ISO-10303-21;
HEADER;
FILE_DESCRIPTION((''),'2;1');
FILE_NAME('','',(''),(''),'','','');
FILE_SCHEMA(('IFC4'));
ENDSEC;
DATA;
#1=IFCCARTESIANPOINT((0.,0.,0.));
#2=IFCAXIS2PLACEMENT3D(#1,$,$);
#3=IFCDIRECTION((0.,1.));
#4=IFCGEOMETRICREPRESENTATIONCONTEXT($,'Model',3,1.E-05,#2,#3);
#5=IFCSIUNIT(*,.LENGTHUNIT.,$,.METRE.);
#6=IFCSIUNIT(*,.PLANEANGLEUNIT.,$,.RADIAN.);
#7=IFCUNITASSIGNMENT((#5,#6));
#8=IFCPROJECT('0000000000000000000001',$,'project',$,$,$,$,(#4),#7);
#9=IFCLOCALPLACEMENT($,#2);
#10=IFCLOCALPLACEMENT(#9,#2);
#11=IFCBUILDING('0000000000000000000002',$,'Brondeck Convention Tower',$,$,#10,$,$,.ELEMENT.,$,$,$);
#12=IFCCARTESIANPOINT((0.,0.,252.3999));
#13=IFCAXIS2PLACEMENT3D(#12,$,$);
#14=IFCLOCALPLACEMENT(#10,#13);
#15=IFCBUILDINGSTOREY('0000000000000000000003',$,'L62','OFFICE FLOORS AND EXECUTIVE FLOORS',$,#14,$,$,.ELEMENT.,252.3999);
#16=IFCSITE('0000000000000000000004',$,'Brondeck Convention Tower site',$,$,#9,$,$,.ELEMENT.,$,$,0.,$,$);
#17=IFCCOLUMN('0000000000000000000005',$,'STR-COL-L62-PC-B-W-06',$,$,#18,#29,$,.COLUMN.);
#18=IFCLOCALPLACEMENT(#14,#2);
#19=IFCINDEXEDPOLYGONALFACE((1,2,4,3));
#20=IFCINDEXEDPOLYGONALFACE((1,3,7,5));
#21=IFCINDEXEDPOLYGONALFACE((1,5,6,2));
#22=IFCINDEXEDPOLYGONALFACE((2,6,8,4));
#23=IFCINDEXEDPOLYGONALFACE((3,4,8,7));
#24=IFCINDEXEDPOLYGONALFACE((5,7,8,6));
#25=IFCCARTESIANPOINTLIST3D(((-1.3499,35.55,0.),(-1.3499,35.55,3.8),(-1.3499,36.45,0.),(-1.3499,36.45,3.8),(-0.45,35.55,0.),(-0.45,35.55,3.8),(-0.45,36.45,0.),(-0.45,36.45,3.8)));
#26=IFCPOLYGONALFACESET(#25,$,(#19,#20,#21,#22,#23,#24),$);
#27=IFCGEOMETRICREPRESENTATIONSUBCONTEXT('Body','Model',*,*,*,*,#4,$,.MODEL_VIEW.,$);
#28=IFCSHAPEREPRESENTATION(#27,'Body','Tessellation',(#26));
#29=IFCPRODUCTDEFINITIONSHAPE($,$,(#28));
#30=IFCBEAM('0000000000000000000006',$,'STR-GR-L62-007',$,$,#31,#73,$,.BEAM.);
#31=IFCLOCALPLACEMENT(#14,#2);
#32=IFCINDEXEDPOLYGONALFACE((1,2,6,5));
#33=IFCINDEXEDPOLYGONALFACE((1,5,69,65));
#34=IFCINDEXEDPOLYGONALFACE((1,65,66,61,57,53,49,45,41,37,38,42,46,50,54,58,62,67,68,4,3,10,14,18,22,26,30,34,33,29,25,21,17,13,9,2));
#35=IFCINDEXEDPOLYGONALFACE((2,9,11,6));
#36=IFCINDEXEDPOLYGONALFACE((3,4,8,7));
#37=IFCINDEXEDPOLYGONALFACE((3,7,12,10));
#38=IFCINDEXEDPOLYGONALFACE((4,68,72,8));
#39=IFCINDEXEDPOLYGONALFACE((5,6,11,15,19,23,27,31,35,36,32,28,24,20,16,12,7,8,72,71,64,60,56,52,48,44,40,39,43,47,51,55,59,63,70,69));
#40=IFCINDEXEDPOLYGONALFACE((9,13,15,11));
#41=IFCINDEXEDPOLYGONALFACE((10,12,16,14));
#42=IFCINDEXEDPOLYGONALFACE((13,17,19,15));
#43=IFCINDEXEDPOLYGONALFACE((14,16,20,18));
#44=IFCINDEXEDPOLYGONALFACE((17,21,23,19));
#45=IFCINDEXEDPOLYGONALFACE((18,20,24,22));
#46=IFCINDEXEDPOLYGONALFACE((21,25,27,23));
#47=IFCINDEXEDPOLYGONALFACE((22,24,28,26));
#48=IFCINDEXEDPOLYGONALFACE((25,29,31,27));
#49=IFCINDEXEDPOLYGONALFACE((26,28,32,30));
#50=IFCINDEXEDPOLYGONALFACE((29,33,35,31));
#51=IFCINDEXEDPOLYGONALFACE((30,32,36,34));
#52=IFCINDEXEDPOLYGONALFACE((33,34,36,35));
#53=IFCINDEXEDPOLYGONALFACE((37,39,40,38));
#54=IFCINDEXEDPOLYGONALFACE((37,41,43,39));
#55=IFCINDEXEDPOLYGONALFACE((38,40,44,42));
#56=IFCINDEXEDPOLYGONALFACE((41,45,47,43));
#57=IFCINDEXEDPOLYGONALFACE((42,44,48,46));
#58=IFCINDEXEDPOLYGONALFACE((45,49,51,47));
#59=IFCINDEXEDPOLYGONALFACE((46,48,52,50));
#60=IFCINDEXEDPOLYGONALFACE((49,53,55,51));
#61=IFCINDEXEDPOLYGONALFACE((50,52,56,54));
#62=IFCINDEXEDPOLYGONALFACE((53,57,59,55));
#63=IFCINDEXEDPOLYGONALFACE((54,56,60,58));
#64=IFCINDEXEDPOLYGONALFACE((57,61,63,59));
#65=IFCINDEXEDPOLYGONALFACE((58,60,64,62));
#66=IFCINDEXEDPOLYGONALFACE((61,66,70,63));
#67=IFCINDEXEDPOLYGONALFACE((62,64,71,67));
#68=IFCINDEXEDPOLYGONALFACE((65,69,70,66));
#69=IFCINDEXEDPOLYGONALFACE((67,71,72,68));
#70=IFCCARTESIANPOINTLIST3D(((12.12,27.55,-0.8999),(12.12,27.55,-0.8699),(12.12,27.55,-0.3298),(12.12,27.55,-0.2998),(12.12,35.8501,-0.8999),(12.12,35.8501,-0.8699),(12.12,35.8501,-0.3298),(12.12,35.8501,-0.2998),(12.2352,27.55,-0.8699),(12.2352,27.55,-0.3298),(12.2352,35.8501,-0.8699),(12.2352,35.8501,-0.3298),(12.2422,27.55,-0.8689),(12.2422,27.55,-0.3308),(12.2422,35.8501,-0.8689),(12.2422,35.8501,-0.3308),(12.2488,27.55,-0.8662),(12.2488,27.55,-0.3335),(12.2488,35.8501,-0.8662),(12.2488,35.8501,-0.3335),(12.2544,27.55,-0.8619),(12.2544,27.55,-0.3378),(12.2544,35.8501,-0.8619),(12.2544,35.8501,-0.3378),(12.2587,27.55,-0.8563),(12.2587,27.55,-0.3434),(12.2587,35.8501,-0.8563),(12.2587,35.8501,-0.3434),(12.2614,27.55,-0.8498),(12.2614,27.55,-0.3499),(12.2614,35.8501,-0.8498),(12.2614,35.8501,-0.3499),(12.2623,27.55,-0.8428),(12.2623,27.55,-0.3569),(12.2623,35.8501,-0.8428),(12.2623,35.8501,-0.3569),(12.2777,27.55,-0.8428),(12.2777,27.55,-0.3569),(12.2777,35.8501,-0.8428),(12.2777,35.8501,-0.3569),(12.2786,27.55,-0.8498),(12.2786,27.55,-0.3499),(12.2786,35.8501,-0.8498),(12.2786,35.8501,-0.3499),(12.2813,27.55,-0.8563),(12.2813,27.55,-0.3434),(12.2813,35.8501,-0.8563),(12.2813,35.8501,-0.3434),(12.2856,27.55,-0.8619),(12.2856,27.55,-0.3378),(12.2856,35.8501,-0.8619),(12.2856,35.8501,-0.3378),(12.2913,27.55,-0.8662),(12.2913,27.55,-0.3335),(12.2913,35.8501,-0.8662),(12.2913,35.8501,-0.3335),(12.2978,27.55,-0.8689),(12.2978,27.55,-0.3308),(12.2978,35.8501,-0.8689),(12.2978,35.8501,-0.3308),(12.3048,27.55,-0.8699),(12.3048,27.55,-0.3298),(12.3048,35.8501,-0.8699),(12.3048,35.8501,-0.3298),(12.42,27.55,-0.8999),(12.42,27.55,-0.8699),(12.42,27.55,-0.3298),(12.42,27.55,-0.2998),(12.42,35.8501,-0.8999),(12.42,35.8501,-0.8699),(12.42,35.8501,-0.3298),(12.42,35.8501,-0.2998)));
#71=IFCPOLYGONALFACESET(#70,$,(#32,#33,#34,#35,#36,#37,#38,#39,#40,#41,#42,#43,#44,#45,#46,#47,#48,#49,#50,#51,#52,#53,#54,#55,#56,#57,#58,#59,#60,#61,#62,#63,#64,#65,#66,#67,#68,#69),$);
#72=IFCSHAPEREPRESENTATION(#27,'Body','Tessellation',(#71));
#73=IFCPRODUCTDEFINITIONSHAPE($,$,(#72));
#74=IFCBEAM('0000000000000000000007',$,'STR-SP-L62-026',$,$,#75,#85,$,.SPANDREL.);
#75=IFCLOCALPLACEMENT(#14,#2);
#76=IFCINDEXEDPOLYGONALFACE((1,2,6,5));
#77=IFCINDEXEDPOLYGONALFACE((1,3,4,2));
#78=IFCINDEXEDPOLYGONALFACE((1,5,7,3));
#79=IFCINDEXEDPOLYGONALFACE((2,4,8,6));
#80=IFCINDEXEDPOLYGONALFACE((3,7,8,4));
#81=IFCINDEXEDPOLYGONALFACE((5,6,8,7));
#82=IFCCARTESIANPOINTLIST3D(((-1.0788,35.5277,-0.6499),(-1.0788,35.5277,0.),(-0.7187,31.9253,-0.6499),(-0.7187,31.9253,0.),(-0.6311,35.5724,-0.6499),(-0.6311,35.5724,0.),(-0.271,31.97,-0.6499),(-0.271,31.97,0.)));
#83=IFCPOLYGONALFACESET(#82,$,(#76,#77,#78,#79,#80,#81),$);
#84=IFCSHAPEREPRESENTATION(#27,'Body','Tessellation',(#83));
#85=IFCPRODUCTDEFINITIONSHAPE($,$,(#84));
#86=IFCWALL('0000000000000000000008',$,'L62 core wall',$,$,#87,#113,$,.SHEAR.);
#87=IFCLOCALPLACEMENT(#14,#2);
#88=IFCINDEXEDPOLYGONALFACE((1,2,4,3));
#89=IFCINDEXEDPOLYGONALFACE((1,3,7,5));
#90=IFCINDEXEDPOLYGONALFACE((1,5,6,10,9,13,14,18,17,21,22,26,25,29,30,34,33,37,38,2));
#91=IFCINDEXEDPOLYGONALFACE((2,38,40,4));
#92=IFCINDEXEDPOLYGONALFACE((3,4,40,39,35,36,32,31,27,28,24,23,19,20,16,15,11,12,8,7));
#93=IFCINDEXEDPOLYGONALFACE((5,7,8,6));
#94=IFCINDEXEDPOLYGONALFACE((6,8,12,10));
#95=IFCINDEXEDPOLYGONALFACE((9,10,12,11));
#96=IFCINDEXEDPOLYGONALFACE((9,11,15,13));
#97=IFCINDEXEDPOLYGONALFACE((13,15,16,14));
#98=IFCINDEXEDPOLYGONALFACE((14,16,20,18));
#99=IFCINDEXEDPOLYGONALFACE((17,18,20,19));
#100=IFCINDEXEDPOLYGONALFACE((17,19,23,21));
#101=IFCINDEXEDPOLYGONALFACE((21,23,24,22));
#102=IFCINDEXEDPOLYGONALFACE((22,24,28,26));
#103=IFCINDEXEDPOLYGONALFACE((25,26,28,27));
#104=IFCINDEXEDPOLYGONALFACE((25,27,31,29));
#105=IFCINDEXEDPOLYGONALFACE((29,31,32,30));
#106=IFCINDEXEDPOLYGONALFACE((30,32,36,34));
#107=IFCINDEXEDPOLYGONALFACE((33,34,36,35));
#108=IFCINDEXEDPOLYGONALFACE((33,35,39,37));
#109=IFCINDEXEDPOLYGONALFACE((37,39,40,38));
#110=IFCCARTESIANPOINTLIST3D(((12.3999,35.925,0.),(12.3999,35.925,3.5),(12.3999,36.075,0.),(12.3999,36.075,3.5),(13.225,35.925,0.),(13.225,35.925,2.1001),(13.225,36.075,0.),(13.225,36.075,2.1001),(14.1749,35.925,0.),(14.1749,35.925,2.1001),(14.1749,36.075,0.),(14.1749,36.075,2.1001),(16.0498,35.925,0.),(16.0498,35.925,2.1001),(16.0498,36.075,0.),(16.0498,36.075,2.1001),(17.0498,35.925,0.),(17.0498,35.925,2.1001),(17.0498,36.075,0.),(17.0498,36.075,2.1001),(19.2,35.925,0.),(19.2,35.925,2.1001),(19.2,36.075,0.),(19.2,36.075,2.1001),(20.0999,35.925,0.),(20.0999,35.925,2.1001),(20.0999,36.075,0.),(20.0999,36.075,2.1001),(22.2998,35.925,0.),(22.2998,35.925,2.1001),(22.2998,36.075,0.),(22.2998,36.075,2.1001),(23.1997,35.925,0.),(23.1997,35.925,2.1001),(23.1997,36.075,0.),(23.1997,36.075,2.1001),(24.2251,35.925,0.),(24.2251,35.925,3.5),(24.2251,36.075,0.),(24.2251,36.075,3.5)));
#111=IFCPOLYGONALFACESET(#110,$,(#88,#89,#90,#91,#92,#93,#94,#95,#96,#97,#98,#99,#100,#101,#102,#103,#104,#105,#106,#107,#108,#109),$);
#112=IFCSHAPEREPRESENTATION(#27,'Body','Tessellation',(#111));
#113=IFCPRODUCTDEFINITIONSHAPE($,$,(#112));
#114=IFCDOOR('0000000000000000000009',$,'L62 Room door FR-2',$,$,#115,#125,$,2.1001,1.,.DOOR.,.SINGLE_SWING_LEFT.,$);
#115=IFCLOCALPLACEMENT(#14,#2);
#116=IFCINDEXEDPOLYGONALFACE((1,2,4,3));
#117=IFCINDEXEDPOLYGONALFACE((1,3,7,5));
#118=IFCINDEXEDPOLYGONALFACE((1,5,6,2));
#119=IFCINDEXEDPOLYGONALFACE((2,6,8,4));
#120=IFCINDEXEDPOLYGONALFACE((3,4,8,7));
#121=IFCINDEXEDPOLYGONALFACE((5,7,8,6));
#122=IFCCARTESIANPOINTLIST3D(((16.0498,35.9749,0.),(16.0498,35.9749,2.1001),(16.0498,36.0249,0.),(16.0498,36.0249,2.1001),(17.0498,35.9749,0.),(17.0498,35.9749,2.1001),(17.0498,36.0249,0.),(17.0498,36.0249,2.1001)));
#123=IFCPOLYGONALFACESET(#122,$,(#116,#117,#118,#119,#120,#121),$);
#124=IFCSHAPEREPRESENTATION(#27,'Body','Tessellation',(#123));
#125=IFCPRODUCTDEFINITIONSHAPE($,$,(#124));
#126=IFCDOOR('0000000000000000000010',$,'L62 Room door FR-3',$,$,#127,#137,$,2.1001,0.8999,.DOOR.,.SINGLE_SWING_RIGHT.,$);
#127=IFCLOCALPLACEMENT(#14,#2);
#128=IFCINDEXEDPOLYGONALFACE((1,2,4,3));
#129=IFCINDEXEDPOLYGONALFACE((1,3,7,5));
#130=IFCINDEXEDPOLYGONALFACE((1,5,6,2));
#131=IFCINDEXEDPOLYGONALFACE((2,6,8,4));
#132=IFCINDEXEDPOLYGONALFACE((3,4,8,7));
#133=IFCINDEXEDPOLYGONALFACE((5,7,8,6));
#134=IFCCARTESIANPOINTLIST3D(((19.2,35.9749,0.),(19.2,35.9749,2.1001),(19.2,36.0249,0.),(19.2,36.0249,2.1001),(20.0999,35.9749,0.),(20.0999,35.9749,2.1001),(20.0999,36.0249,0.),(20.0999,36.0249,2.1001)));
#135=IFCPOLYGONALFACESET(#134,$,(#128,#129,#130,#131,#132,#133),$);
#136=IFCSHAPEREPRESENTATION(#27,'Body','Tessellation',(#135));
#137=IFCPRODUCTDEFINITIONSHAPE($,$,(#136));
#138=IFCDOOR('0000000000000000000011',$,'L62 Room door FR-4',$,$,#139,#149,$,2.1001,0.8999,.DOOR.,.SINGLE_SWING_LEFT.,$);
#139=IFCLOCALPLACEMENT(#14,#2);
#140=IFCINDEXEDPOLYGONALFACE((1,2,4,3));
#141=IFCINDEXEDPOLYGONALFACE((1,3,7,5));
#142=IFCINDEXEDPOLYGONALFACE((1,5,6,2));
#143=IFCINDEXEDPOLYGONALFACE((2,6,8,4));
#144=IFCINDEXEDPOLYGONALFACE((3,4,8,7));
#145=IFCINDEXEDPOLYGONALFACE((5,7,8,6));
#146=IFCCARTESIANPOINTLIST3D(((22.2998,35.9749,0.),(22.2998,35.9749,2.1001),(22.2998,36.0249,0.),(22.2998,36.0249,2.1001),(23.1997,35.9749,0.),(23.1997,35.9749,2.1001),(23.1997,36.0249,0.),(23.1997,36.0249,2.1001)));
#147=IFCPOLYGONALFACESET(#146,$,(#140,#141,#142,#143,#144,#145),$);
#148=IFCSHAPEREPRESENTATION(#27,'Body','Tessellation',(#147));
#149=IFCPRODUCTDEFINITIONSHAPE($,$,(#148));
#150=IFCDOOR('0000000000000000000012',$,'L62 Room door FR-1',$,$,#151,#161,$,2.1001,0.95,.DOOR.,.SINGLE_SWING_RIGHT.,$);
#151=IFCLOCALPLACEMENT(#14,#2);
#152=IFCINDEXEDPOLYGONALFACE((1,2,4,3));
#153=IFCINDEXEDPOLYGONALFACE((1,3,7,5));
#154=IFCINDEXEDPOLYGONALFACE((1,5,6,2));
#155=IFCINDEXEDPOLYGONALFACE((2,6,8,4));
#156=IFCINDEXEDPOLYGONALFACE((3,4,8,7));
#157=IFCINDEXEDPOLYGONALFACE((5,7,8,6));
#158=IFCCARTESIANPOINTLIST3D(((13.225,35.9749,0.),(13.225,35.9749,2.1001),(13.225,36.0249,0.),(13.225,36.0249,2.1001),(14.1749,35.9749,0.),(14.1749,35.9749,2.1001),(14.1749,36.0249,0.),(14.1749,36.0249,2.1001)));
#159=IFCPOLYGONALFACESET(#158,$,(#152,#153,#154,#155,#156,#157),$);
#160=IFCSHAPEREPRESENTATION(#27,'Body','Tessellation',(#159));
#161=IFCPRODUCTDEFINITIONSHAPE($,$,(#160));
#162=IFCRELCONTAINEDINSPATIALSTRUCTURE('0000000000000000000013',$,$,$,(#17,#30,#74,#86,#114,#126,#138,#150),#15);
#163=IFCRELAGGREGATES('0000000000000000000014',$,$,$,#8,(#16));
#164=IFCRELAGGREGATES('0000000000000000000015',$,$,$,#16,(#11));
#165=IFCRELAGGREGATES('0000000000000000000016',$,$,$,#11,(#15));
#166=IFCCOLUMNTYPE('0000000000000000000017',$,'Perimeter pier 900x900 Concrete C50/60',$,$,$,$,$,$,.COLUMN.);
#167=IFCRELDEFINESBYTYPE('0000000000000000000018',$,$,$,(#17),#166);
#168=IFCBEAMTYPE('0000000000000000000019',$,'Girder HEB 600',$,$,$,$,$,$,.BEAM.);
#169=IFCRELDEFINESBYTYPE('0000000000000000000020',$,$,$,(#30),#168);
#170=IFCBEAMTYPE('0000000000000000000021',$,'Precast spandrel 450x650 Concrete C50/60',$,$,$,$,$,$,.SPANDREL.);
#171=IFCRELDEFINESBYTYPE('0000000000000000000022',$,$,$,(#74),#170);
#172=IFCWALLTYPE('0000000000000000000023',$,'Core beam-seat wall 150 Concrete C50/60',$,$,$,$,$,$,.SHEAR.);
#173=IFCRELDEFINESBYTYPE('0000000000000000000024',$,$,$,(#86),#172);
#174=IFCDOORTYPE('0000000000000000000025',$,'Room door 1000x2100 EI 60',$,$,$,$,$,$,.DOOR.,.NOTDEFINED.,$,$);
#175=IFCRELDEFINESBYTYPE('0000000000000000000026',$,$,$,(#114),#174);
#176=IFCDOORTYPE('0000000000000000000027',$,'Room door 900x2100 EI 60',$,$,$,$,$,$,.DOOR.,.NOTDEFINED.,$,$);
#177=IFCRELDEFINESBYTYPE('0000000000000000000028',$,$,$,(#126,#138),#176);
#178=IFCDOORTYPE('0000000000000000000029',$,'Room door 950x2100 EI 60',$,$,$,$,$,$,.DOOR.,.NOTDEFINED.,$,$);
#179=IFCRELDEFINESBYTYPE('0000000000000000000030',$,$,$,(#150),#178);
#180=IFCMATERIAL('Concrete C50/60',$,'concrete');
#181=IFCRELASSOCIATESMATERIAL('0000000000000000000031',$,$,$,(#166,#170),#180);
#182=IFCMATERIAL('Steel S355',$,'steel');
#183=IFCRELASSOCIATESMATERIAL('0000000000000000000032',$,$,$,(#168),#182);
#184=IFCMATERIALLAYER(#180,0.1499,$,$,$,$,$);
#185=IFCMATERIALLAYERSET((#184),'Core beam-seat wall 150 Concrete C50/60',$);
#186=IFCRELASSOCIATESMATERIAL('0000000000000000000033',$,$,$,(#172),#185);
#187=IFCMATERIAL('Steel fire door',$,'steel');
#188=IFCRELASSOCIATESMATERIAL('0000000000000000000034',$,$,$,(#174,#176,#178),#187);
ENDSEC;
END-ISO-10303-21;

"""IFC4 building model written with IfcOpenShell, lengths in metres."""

from ifc_helpers import new_model, si_unit, direction, frame, frame_2d, origin, origin_2d, place, context, subcontext, project, spatial, rectangle, i_section, extrude, material, layer, layer_set, material_profile, profile_set, type_object, element, fill, save


model = new_model("IFC4")

# Units and contexts
model_context = context("Model", 3, precision=1e-05, world=origin(), true_north=direction((0.0, 1.0)))
body_context = subcontext(model_context, "Body", "Model", "MODEL_VIEW")
ifc_project = project(units=[si_unit("LENGTHUNIT", "METRE"), si_unit("PLANEANGLEUNIT", "RADIAN")], contexts=[model_context])

# Site, building, storey
site_placement = place(None, origin())
site = spatial("IfcSite", under=ifc_project, at=site_placement, Name="Brondeck Convention Tower site", CompositionType="ELEMENT", RefElevation=0.0)
building_placement = place(site_placement, origin())
building = spatial("IfcBuilding", under=site, at=building_placement, Name="Brondeck Convention Tower", CompositionType="ELEMENT")
storey_placement = place(building_placement, frame((0.0, 0.0, 252.3999)))
storey = spatial("IfcBuildingStorey", under=building, at=storey_placement, Name="L62", Description="OFFICE FLOORS AND EXECUTIVE FLOORS", CompositionType="ELEMENT", Elevation=252.3999)

# Column
ifc_material_1 = material(Name="Concrete C50/60", Category="concrete")
ifc_material_profile_1 = material_profile(ifc_material_1, rectangle(XDim=0.8999, YDim=0.8999, at=origin_2d()), Name="Perimeter pier 900x900 Concrete C50/60")
ifc_profile_set_1 = profile_set([ifc_material_profile_1], Name="Concrete C50/60")
column_type = type_object("IfcColumnType", Name="Perimeter pier 900x900 Concrete C50/60", PredefinedType="COLUMN", material=ifc_profile_set_1)
column_placement = place(storey_placement, frame((-0.8999, 36.0, 0.0), z_axis=(0.0, 0.0, 1.0), x_axis=(0.0, -1.0, 0.0)))
element("IfcColumn", 1, at=column_placement, inside=storey, type_object=column_type, Name="STR-COL-L62-PC-B-W-06", PredefinedType="COLUMN", context=body_context, shape_type="SweptSolid", body=[
    extrude(rectangle(XDim=0.8999, YDim=0.8999, at=origin_2d()), origin(), (0.0, 0.0, 1.0), 3.8),
])

# Beams
ifc_material_2 = material(Name="Steel S355", Category="steel")
ifc_material_profile_2 = material_profile(ifc_material_2, i_section(OverallWidth=0.3, OverallDepth=0.6001, WebThickness=0.0154, FlangeThickness=0.03, FilletRadius=0.0271, at=origin_2d()), Name="HEB 600")
ifc_profile_set_2 = profile_set([ifc_material_profile_2], Name="Steel S355")
beam_type_1 = type_object("IfcBeamType", Name="Girder HEB 600", PredefinedType="BEAM", material=ifc_profile_set_2)
beam_1_placement = place(storey_placement, frame((12.27, 35.8501, -0.5999), z_axis=(0.0, -1.0, 0.0), x_axis=(1.0, 0.0, 0.0)))
element("IfcBeam", 2, at=beam_1_placement, inside=storey, type_object=beam_type_1, Name="STR-GR-L62-007", PredefinedType="BEAM", context=body_context, shape_type="SweptSolid", body=[
    extrude(i_section(OverallWidth=0.3, OverallDepth=0.6001, WebThickness=0.0154, FlangeThickness=0.03, FilletRadius=0.0271, at=origin_2d()), origin(), (0.0, 0.0, 1.0), 8.3),
])
ifc_material_profile_3 = material_profile(ifc_material_1, rectangle(XDim=0.45, YDim=0.6499, at=origin_2d()), Name="Precast spandrel 450x650 Concrete C50/60")
ifc_profile_set_3 = profile_set([ifc_material_profile_3], Name="Concrete C50/60")
beam_type_2 = type_object("IfcBeamType", Name="Precast spandrel 450x650 Concrete C50/60", PredefinedType="SPANDREL", material=ifc_profile_set_3)
beam_2_placement = place(storey_placement, frame((-0.855, 35.55, -0.325), z_axis=(0.09947, -0.995041, 0.0), x_axis=(0.995041, 0.09947, 0.0)))
element("IfcBeam", 3, at=beam_2_placement, inside=storey, type_object=beam_type_2, Name="STR-SP-L62-026", PredefinedType="SPANDREL", context=body_context, shape_type="SweptSolid", body=[
    extrude(rectangle(XDim=0.45, YDim=0.6499, at=origin_2d()), origin(), (0.0, 0.0, 1.0), 3.6204),
])

# Wall, openings, doors
ifc_layer_1 = layer(ifc_material_1, 0.1499)
ifc_layer_set_1 = layer_set([ifc_layer_1], Name="Core beam-seat wall 150 Concrete C50/60")
wall_type_1 = type_object("IfcWallType", Name="Core beam-seat wall 150 Concrete C50/60", PredefinedType="SHEAR", material=ifc_layer_set_1)
wall_1_placement = place(storey_placement, frame((12.3999, 36.0, 0.0), z_axis=(0.0, 0.0, 1.0), x_axis=(1.0, 0.0, 0.0)))
wall_1 = element("IfcWall", 4, at=wall_1_placement, inside=storey, type_object=wall_type_1, Name="L62 core wall", PredefinedType="SHEAR", context=body_context, shape_type="SweptSolid", body=[
    extrude(rectangle(XDim=11.8252, YDim=0.1499, at=frame_2d((5.9126, 0.0))), origin(), (0.0, 0.0, 1.0), 3.5),
])
opening_1_placement = place(wall_1_placement, frame((0.825, 0.0, 0.0)))
opening_1 = element("IfcOpeningElement", 5, at=opening_1_placement, cuts=wall_1, PredefinedType="OPENING", context=body_context, shape_type="SweptSolid", body=[
    extrude(rectangle(XDim=0.95, YDim=2.1001, at=frame_2d((0.4751, 1.05))), frame((0.0, 0.085, 0.0), z_axis=(0.0, -1.0, 0.0), x_axis=(1.0, 0.0, 0.0)), (0.0, 0.0, 1.0), 0.1699),
])
opening_2_placement = place(wall_1_placement, frame((3.6499, 0.0, 0.0)))
opening_2 = element("IfcOpeningElement", 6, at=opening_2_placement, cuts=wall_1, PredefinedType="OPENING", context=body_context, shape_type="SweptSolid", body=[
    extrude(rectangle(XDim=1.0, YDim=2.1001, at=frame_2d((0.5, 1.05))), frame((0.0, 0.085, 0.0), z_axis=(0.0, -1.0, 0.0), x_axis=(1.0, 0.0, 0.0)), (0.0, 0.0, 1.0), 0.1699),
])
opening_3_placement = place(wall_1_placement, frame((6.8, 0.0, 0.0)))
opening_3 = element("IfcOpeningElement", 7, at=opening_3_placement, cuts=wall_1, PredefinedType="OPENING", context=body_context, shape_type="SweptSolid", body=[
    extrude(rectangle(XDim=0.8999, YDim=2.1001, at=frame_2d((0.45, 1.05))), frame((0.0, 0.085, 0.0), z_axis=(0.0, -1.0, 0.0), x_axis=(1.0, 0.0, 0.0)), (0.0, 0.0, 1.0), 0.1699),
])
opening_4_placement = place(wall_1_placement, frame((9.8999, 0.0, 0.0)))
opening_4 = element("IfcOpeningElement", 8, at=opening_4_placement, cuts=wall_1, PredefinedType="OPENING", context=body_context, shape_type="SweptSolid", body=[
    extrude(rectangle(XDim=0.8999, YDim=2.1001, at=frame_2d((0.45, 1.05))), frame((0.0, 0.085, 0.0), z_axis=(0.0, -1.0, 0.0), x_axis=(1.0, 0.0, 0.0)), (0.0, 0.0, 1.0), 0.1699),
])
ifc_material_3 = material(Name="Steel fire door", Category="steel")
door_type_1 = type_object("IfcDoorType", Name="Room door 1000x2100 EI 60", OperationType="NOTDEFINED", PredefinedType="DOOR", material=ifc_material_3)
door_1_placement = place(opening_2_placement, origin())
door_1 = element("IfcDoor", 9, at=door_1_placement, inside=storey, type_object=door_type_1, Name="L62 Room door FR-2", OperationType="SINGLE_SWING_LEFT", OverallHeight=2.1001, OverallWidth=1.0, PredefinedType="DOOR", context=body_context, shape_type="SweptSolid", body=[
    extrude(rectangle(XDim=1.0, YDim=2.1001, at=frame_2d((0.5, 1.05))), frame((0.0, 0.0249, 0.0), z_axis=(0.0, -1.0, 0.0), x_axis=(1.0, 0.0, 0.0)), (0.0, 0.0, 1.0), 0.05),
])
fill(opening_2, door_1)
door_type_2 = type_object("IfcDoorType", Name="Room door 900x2100 EI 60", OperationType="NOTDEFINED", PredefinedType="DOOR", material=ifc_material_3)
door_2_placement = place(opening_3_placement, origin())
door_2 = element("IfcDoor", 10, at=door_2_placement, inside=storey, type_object=door_type_2, Name="L62 Room door FR-3", OperationType="SINGLE_SWING_RIGHT", OverallHeight=2.1001, OverallWidth=0.8999, PredefinedType="DOOR", context=body_context, shape_type="SweptSolid", body=[
    extrude(rectangle(XDim=0.8999, YDim=2.1001, at=frame_2d((0.45, 1.05))), frame((0.0, 0.0249, 0.0), z_axis=(0.0, -1.0, 0.0), x_axis=(1.0, 0.0, 0.0)), (0.0, 0.0, 1.0), 0.05),
])
fill(opening_3, door_2)
door_3_placement = place(opening_4_placement, origin())
door_3 = element("IfcDoor", 11, at=door_3_placement, inside=storey, type_object=door_type_2, Name="L62 Room door FR-4", OperationType="SINGLE_SWING_LEFT", OverallHeight=2.1001, OverallWidth=0.8999, PredefinedType="DOOR", context=body_context, shape_type="SweptSolid", body=[
    extrude(rectangle(XDim=0.8999, YDim=2.1001, at=frame_2d((0.45, 1.05))), frame((0.0, 0.0249, 0.0), z_axis=(0.0, -1.0, 0.0), x_axis=(1.0, 0.0, 0.0)), (0.0, 0.0, 1.0), 0.05),
])
fill(opening_4, door_3)
door_type_3 = type_object("IfcDoorType", Name="Room door 950x2100 EI 60", OperationType="NOTDEFINED", PredefinedType="DOOR", material=ifc_material_3)
door_4_placement = place(opening_1_placement, origin())
door_4 = element("IfcDoor", 12, at=door_4_placement, inside=storey, type_object=door_type_3, Name="L62 Room door FR-1", OperationType="SINGLE_SWING_RIGHT", OverallHeight=2.1001, OverallWidth=0.95, PredefinedType="DOOR", context=body_context, shape_type="SweptSolid", body=[
    extrude(rectangle(XDim=0.95, YDim=2.1001, at=frame_2d((0.4751, 1.05))), frame((0.0, 0.0249, 0.0), z_axis=(0.0, -1.0, 0.0), x_axis=(1.0, 0.0, 0.0)), (0.0, 0.0, 1.0), 0.05),
])
fill(opening_1, door_4)

save(model, "model.ifc")
